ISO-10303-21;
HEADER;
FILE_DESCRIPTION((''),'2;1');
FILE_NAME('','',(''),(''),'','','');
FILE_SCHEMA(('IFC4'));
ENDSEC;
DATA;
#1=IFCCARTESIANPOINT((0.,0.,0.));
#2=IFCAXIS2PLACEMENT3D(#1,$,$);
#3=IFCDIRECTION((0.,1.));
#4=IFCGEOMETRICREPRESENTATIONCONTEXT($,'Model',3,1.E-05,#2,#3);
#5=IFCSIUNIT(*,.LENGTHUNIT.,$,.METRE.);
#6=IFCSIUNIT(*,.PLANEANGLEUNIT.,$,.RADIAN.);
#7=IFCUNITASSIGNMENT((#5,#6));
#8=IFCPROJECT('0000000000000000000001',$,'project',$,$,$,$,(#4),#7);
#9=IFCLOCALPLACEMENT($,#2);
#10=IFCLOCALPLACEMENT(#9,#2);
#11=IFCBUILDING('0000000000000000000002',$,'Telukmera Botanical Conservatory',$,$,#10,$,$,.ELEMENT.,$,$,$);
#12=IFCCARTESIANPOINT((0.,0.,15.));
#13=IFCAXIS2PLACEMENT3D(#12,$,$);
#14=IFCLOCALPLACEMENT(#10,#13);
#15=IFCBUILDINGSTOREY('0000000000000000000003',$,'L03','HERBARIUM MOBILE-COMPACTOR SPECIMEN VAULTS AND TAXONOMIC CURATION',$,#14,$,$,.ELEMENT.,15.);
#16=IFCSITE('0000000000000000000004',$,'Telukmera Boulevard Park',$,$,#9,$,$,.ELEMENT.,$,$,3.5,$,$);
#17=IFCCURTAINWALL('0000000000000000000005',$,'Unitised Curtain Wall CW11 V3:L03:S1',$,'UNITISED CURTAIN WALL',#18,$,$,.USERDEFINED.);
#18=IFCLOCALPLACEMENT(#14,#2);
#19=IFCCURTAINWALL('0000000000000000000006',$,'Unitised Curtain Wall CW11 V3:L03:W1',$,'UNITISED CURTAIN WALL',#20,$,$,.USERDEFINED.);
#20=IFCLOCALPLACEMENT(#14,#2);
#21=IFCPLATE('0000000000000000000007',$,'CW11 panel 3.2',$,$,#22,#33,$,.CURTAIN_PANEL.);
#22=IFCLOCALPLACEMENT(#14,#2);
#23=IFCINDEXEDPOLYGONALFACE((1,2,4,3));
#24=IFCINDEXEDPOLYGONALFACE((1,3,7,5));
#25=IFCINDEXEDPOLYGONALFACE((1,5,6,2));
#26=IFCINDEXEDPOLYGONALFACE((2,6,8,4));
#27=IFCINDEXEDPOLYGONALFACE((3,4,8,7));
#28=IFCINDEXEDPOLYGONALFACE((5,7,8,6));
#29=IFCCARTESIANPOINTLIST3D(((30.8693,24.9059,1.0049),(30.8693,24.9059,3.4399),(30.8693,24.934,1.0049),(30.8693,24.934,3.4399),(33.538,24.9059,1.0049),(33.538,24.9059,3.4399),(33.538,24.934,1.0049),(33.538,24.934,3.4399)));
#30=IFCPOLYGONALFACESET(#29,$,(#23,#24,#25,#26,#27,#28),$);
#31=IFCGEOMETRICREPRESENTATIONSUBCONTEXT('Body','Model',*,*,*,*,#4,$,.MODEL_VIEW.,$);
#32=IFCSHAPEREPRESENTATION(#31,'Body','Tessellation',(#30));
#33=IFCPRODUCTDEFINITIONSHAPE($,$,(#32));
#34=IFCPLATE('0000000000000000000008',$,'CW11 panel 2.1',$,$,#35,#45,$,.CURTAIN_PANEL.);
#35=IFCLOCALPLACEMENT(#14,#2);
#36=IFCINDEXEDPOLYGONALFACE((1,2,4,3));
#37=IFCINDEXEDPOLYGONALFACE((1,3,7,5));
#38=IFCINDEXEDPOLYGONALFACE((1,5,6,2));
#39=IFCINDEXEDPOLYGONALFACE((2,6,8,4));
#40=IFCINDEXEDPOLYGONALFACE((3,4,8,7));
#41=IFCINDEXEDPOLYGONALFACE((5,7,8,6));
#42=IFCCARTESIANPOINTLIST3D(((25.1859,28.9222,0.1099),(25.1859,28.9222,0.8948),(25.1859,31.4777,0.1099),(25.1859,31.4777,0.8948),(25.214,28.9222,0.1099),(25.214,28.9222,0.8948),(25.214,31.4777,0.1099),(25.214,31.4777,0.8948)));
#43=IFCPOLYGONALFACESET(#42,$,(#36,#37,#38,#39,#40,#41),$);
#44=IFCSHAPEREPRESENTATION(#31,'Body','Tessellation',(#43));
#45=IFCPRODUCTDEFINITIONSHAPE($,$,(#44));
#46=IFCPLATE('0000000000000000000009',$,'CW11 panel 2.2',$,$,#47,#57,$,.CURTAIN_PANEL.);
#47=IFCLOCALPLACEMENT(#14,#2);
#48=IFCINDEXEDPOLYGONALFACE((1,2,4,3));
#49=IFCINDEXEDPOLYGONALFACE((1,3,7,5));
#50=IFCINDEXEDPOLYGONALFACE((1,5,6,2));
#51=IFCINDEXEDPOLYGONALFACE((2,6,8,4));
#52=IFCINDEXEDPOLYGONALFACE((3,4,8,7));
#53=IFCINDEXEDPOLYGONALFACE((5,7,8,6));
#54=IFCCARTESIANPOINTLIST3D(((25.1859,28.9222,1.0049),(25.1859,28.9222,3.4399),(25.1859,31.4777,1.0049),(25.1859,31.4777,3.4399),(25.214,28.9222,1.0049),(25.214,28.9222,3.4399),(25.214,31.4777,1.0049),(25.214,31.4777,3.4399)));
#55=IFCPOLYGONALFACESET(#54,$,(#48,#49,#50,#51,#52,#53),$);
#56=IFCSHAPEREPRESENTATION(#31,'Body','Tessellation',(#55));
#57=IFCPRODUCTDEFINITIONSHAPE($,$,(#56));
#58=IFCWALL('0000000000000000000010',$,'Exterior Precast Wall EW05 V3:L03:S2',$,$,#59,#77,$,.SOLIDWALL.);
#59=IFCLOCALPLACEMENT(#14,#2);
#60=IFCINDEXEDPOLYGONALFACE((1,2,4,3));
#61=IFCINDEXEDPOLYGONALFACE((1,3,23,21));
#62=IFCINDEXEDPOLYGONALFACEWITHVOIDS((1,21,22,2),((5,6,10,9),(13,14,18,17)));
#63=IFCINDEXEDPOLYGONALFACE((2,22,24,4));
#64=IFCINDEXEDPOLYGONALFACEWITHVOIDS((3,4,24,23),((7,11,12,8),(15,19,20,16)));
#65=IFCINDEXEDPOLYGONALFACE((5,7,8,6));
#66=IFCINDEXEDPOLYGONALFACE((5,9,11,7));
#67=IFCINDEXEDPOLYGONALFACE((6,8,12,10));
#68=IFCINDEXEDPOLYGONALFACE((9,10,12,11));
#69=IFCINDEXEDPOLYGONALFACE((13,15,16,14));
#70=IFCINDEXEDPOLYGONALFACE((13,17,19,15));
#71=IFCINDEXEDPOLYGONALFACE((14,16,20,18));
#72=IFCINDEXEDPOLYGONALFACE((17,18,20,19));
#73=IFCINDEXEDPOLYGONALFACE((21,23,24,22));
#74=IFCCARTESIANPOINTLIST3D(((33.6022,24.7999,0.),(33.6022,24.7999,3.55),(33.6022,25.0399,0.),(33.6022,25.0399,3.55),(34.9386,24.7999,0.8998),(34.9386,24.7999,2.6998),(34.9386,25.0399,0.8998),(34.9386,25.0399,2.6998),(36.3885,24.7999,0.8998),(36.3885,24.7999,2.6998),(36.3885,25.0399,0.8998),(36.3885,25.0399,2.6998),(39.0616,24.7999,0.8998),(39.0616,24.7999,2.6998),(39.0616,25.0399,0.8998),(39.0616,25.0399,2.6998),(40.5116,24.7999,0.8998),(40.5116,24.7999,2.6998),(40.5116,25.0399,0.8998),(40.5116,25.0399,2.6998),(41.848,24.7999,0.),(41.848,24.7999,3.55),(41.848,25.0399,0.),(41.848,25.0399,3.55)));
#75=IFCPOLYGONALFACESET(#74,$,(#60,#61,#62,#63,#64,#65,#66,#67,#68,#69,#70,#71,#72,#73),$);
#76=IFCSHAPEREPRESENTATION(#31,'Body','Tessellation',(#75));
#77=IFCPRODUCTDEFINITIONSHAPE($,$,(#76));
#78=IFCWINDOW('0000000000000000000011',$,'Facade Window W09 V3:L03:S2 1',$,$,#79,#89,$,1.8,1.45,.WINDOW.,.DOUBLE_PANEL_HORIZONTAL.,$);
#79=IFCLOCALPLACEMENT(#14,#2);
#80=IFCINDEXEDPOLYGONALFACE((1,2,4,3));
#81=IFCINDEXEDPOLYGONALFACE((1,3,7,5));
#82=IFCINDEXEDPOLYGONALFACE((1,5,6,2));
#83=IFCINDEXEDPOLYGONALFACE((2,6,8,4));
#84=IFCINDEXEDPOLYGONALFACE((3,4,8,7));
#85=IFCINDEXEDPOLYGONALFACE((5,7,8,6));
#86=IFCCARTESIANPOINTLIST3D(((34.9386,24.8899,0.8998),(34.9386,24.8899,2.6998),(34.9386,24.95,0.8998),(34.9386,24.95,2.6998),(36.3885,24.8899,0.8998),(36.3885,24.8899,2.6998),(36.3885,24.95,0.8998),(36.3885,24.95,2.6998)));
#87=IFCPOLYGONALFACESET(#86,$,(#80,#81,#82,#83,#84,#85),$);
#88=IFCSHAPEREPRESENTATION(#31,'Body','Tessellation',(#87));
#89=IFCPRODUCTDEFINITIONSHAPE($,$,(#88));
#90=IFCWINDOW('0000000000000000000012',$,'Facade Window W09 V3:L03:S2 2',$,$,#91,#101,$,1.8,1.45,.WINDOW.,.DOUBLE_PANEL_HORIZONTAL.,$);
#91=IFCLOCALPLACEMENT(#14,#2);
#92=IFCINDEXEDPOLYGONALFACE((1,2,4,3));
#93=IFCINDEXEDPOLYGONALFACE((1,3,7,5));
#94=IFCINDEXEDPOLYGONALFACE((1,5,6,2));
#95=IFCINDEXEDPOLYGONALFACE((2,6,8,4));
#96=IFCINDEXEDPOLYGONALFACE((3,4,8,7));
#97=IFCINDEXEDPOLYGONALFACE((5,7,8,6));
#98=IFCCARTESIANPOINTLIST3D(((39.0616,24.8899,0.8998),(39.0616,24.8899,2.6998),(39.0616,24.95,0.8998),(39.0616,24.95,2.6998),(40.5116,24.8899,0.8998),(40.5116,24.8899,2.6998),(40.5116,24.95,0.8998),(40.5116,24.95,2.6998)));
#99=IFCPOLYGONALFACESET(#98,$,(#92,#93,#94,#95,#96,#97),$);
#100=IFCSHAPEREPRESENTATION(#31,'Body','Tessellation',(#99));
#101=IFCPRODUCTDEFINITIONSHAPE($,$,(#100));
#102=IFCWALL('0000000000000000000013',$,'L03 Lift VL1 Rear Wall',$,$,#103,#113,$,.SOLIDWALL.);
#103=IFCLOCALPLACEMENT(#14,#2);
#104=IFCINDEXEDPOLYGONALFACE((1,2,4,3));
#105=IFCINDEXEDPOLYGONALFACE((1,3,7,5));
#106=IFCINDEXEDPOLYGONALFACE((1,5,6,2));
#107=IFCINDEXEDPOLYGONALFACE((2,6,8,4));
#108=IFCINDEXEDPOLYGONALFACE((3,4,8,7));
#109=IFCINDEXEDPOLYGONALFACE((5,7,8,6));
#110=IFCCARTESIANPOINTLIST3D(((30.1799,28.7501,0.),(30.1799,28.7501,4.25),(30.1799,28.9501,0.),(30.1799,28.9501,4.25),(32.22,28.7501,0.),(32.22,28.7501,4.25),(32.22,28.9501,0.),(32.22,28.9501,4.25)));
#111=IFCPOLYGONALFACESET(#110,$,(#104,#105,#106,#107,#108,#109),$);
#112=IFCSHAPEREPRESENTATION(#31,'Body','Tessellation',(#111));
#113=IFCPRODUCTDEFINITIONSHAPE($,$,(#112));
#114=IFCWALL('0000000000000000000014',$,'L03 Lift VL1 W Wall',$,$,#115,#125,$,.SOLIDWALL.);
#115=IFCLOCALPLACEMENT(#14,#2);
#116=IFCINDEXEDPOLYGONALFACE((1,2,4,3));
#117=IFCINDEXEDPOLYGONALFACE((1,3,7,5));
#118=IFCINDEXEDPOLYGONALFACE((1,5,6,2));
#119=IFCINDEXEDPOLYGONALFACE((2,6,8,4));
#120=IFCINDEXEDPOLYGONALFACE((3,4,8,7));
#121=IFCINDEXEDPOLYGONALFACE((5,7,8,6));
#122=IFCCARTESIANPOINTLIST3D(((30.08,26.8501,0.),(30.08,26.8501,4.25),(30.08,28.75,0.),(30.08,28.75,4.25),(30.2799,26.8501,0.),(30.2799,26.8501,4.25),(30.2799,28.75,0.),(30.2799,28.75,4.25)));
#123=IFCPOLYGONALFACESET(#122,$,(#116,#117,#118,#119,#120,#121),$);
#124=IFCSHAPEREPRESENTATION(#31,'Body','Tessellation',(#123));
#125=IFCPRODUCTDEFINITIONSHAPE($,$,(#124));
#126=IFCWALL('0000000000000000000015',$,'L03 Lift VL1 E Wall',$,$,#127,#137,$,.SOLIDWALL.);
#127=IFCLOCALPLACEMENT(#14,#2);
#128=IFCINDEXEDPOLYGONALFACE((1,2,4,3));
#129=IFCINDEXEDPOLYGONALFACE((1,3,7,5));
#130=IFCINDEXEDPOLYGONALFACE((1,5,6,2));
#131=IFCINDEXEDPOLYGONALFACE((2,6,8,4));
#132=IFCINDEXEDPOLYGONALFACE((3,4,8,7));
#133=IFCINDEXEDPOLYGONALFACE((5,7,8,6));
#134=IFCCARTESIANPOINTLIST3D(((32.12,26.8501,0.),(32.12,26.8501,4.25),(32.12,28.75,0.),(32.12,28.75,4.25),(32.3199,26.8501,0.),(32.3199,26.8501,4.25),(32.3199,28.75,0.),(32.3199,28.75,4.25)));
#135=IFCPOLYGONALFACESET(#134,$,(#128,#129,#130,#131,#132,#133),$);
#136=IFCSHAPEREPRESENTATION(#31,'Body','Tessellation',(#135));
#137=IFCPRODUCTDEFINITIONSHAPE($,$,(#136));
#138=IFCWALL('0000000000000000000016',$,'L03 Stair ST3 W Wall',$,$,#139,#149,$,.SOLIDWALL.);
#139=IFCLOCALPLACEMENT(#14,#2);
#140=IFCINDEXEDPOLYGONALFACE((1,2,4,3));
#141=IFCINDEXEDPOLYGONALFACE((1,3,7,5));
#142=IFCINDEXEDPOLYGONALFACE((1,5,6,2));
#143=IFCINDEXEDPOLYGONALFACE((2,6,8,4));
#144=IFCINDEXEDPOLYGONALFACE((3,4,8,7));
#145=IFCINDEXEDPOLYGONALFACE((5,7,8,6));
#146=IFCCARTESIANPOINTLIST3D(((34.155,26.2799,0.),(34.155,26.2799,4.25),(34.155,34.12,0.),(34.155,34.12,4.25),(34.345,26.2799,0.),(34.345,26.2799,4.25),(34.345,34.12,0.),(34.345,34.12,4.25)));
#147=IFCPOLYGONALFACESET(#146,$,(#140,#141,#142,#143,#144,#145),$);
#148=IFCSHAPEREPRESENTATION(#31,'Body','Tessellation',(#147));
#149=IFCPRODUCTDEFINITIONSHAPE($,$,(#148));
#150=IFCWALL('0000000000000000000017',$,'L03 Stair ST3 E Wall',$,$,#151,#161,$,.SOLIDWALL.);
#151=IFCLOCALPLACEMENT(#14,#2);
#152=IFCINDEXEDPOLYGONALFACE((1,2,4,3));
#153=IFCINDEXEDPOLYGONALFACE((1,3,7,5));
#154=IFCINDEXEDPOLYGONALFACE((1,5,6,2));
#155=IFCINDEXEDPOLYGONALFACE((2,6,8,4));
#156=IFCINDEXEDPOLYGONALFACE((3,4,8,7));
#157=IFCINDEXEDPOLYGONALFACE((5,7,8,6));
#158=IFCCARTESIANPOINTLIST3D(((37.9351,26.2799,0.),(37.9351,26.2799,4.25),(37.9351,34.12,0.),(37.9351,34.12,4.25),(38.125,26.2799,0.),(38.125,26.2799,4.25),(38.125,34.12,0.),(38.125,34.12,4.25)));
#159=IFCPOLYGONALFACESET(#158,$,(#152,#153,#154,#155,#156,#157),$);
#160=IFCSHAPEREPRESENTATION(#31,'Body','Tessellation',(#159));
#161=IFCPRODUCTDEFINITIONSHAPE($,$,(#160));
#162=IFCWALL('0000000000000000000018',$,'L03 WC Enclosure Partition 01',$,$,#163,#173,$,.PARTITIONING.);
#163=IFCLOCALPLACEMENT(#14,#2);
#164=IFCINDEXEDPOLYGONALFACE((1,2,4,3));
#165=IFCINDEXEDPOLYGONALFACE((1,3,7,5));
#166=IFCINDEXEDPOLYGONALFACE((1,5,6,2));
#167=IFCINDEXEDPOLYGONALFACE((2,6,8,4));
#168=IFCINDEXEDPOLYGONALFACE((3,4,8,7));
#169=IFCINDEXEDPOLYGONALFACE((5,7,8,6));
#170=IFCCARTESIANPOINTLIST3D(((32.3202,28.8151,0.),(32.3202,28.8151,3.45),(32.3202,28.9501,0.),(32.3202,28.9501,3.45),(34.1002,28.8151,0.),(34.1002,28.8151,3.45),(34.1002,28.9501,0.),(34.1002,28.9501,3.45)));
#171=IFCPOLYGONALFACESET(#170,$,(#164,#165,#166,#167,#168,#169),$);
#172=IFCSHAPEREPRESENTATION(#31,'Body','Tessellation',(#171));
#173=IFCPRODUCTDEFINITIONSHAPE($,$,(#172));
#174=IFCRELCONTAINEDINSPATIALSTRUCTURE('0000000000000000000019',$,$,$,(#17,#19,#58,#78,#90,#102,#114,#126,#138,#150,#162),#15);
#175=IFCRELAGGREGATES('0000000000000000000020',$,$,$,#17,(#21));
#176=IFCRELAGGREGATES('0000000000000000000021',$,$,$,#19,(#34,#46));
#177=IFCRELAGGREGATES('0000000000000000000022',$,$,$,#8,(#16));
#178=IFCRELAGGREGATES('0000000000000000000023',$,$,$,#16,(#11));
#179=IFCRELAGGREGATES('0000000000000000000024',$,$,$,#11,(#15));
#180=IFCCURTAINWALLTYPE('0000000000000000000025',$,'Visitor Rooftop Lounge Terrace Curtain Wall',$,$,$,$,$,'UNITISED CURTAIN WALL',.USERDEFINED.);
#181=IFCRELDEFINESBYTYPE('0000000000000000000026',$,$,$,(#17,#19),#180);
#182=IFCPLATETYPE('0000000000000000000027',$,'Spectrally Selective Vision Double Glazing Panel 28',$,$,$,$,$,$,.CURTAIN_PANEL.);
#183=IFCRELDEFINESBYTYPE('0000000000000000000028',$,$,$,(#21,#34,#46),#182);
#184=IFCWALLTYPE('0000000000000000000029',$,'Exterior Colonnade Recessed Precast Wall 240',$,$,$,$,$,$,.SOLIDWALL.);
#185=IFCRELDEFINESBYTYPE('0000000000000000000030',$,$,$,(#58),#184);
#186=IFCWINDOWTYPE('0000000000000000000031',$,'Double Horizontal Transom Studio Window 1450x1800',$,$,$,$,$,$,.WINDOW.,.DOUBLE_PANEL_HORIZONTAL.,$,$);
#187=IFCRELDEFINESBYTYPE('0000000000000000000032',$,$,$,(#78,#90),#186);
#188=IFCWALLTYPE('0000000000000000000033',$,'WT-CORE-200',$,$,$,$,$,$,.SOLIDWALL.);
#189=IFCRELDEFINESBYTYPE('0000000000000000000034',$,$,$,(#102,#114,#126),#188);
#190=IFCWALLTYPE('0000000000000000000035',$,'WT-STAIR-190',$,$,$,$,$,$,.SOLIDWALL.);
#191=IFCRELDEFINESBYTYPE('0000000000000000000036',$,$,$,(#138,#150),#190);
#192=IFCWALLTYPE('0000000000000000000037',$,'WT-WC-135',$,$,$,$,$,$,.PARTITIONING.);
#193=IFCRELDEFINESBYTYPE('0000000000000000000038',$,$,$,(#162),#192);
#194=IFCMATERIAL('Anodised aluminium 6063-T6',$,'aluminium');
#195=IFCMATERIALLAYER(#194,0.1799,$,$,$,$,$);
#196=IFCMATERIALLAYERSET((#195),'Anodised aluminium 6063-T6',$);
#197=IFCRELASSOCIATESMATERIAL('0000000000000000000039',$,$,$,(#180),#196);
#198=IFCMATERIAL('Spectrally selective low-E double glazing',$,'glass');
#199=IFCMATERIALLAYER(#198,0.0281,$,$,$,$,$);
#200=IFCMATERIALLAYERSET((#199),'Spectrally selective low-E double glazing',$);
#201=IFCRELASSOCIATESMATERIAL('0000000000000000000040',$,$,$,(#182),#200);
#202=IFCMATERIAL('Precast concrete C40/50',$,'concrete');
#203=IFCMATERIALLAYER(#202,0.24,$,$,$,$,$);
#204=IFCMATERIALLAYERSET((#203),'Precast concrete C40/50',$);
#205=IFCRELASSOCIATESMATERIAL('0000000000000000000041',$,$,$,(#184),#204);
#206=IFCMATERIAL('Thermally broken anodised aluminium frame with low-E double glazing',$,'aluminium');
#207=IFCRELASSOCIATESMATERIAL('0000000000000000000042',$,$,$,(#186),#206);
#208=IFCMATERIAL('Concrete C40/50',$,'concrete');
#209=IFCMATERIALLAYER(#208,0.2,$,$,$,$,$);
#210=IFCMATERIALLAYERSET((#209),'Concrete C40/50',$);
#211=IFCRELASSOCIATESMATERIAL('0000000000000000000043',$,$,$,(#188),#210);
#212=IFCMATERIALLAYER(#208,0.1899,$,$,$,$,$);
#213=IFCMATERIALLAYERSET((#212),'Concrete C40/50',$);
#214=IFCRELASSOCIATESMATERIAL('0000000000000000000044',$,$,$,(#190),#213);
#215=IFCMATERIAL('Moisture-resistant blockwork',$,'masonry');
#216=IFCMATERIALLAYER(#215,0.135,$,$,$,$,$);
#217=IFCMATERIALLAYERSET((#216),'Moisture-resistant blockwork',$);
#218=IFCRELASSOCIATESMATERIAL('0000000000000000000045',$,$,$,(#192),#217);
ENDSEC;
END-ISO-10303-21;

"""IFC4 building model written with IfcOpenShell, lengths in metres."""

from ifc_helpers import new_model, si_unit, direction, frame, frame_2d, origin, origin_2d, place, context, subcontext, project, spatial, rectangle, extrude, material, layer, layer_set, type_object, element, fill, aggregate, save


model = new_model("IFC4")

# Units and contexts
model_context = context("Model", 3, precision=1e-05, world=origin(), true_north=direction((0.0, 1.0)))
body_context = subcontext(model_context, "Body", "Model", "MODEL_VIEW")
ifc_project = project(units=[si_unit("LENGTHUNIT", "METRE"), si_unit("PLANEANGLEUNIT", "RADIAN")], contexts=[model_context])

# Site, building, storey
site_placement = place(None, origin())
site = spatial("IfcSite", under=ifc_project, at=site_placement, Name="Telukmera Boulevard Park", CompositionType="ELEMENT", RefElevation=3.5)
building_placement = place(site_placement, origin())
building = spatial("IfcBuilding", under=site, at=building_placement, Name="Telukmera Botanical Conservatory", CompositionType="ELEMENT")
storey_placement = place(building_placement, frame((0.0, 0.0, 15.0)))
storey = spatial("IfcBuildingStorey", under=building, at=storey_placement, Name="L03", Description="HERBARIUM MOBILE-COMPACTOR SPECIMEN VAULTS AND TAXONOMIC CURATION", CompositionType="ELEMENT", Elevation=15.0)

# Shared definitions
ifc_material_1 = material(Name="Concrete C40/50", Category="concrete")

# Curtain walls
ifc_material_2 = material(Name="Anodised aluminium 6063-T6", Category="aluminium")
ifc_layer_1 = layer(ifc_material_2, 0.1799)
ifc_layer_set_1 = layer_set([ifc_layer_1], Name="Anodised aluminium 6063-T6")
curtain_wall_type = type_object("IfcCurtainWallType", Name="Visitor Rooftop Lounge Terrace Curtain Wall", ElementType="UNITISED CURTAIN WALL", PredefinedType="USERDEFINED", material=ifc_layer_set_1)
curtain_wall_1_placement = place(storey_placement, origin())
curtain_wall_1 = element("IfcCurtainWall", 1, at=curtain_wall_1_placement, inside=storey, type_object=curtain_wall_type, Name="Unitised Curtain Wall CW11 V3:L03:S1", ObjectType="UNITISED CURTAIN WALL", PredefinedType="USERDEFINED")
curtain_wall_2_placement = place(storey_placement, origin())
curtain_wall_2 = element("IfcCurtainWall", 2, at=curtain_wall_2_placement, inside=storey, type_object=curtain_wall_type, Name="Unitised Curtain Wall CW11 V3:L03:W1", ObjectType="UNITISED CURTAIN WALL", PredefinedType="USERDEFINED")

# Plates
ifc_material_3 = material(Name="Spectrally selective low-E double glazing", Category="glass")
ifc_layer_2 = layer(ifc_material_3, 0.0281)
ifc_layer_set_2 = layer_set([ifc_layer_2], Name="Spectrally selective low-E double glazing")
plate_type = type_object("IfcPlateType", Name="Spectrally Selective Vision Double Glazing Panel 28", PredefinedType="CURTAIN_PANEL", material=ifc_layer_set_2)
plate_1_placement = place(storey_placement, frame((32.2036, 24.9199, 1.0049), z_axis=(0.0, 0.0, 1.0), x_axis=(1.0, 0.0, 0.0)))
plate_1 = element("IfcPlate", 3, at=plate_1_placement, type_object=plate_type, Name="CW11 panel 3.2", PredefinedType="CURTAIN_PANEL", context=body_context, shape_type="SweptSolid", body=[
    extrude(rectangle(XDim=2.6687, YDim=0.0281, at=origin_2d()), origin(), (0.0, 0.0, 1.0), 2.4351),
])
aggregate(curtain_wall_1, [plate_1])
plate_2_placement = place(storey_placement, frame((25.2, 30.2, 0.1099), z_axis=(0.0, 0.0, 1.0), x_axis=(0.0, 1.0, 0.0)))
plate_2 = element("IfcPlate", 4, at=plate_2_placement, type_object=plate_type, Name="CW11 panel 2.1", PredefinedType="CURTAIN_PANEL", context=body_context, shape_type="SweptSolid", body=[
    extrude(rectangle(XDim=2.5554, YDim=0.0281, at=origin_2d()), origin(), (0.0, 0.0, 1.0), 0.7849),
])
plate_3_placement = place(storey_placement, frame((25.2, 30.2, 1.0049), z_axis=(0.0, 0.0, 1.0), x_axis=(0.0, 1.0, 0.0)))
plate_3 = element("IfcPlate", 5, at=plate_3_placement, type_object=plate_type, Name="CW11 panel 2.2", PredefinedType="CURTAIN_PANEL", context=body_context, shape_type="SweptSolid", body=[
    extrude(rectangle(XDim=2.5554, YDim=0.0281, at=origin_2d()), origin(), (0.0, 0.0, 1.0), 2.4351),
])
aggregate(curtain_wall_2, [plate_2, plate_3])

# Wall, openings, windows
ifc_material_4 = material(Name="Precast concrete C40/50", Category="concrete")
ifc_layer_3 = layer(ifc_material_4, 0.24)
ifc_layer_set_3 = layer_set([ifc_layer_3], Name="Precast concrete C40/50")
wall_type_1 = type_object("IfcWallType", Name="Exterior Colonnade Recessed Precast Wall 240", PredefinedType="SOLIDWALL", material=ifc_layer_set_3)
wall_1_placement = place(storey_placement, frame((33.6021, 24.9199, 0.0), z_axis=(0.0, 0.0, 1.0), x_axis=(1.0, 0.0, 0.0)))
wall_1 = element("IfcWall", 6, at=wall_1_placement, inside=storey, type_object=wall_type_1, Name="Exterior Precast Wall EW05 V3:L03:S2", PredefinedType="SOLIDWALL", context=body_context, shape_type="SweptSolid", body=[
    extrude(rectangle(XDim=8.2458, YDim=0.24, at=frame_2d((4.123, 0.0))), origin(), (0.0, 0.0, 1.0), 3.55),
])
opening_1_placement = place(wall_1_placement, frame((1.3364, 0.0, 0.8999)))
opening_1 = element("IfcOpeningElement", 7, at=opening_1_placement, cuts=wall_1, PredefinedType="OPENING", context=body_context, shape_type="SweptSolid", body=[
    extrude(rectangle(XDim=1.45, YDim=1.8, at=frame_2d((0.7251, 0.8999))), frame((0.0, 0.1299, 0.0), z_axis=(0.0, -1.0, 0.0), x_axis=(1.0, 0.0, 0.0)), (0.0, 0.0, 1.0), 0.26),
])
opening_2_placement = place(wall_1_placement, frame((5.4595, 0.0, 0.8999)))
opening_2 = element("IfcOpeningElement", 8, at=opening_2_placement, cuts=wall_1, PredefinedType="OPENING", context=body_context, shape_type="SweptSolid", body=[
    extrude(rectangle(XDim=1.45, YDim=1.8, at=frame_2d((0.7251, 0.8999))), frame((0.0, 0.1299, 0.0), z_axis=(0.0, -1.0, 0.0), x_axis=(1.0, 0.0, 0.0)), (0.0, 0.0, 1.0), 0.26),
])
ifc_material_5 = material(Name="Thermally broken anodised aluminium frame with low-E double glazing", Category="aluminium")
window_type = type_object("IfcWindowType", Name="Double Horizontal Transom Studio Window 1450x1800", PartitioningType="DOUBLE_PANEL_HORIZONTAL", PredefinedType="WINDOW", material=ifc_material_5)
window_1_placement = place(opening_1_placement, origin())
window_1 = element("IfcWindow", 9, at=window_1_placement, inside=storey, type_object=window_type, Name="Facade Window W09 V3:L03:S2 1", OverallHeight=1.8, OverallWidth=1.45, PartitioningType="DOUBLE_PANEL_HORIZONTAL", PredefinedType="WINDOW", context=body_context, shape_type="SweptSolid", body=[
    extrude(rectangle(XDim=1.45, YDim=1.8, at=frame_2d((0.7251, 0.8999))), frame((0.0, 0.03, 0.0), z_axis=(0.0, -1.0, 0.0), x_axis=(1.0, 0.0, 0.0)), (0.0, 0.0, 1.0), 0.0601),
])
fill(opening_1, window_1)
window_2_placement = place(opening_2_placement, origin())
window_2 = element("IfcWindow", 10, at=window_2_placement, inside=storey, type_object=window_type, Name="Facade Window W09 V3:L03:S2 2", OverallHeight=1.8, OverallWidth=1.45, PartitioningType="DOUBLE_PANEL_HORIZONTAL", PredefinedType="WINDOW", context=body_context, shape_type="SweptSolid", body=[
    extrude(rectangle(XDim=1.45, YDim=1.8, at=frame_2d((0.7251, 0.8999))), frame((0.0, 0.03, 0.0), z_axis=(0.0, -1.0, 0.0), x_axis=(1.0, 0.0, 0.0)), (0.0, 0.0, 1.0), 0.0601),
])
fill(opening_2, window_2)

# Shared definitions
ifc_layer_4 = layer(ifc_material_1, 0.2)
ifc_layer_set_4 = layer_set([ifc_layer_4], Name="Concrete C40/50")
wall_type_2 = type_object("IfcWallType", Name="WT-CORE-200", PredefinedType="SOLIDWALL", material=ifc_layer_set_4)

# Walls
wall_2_placement = place(storey_placement, frame((30.1799, 28.8501, 0.0), z_axis=(0.0, 0.0, 1.0), x_axis=(1.0, 0.0, 0.0)))
element("IfcWall", 11, at=wall_2_placement, inside=storey, type_object=wall_type_2, Name="L03 Lift VL1 Rear Wall", PredefinedType="SOLIDWALL", context=body_context, shape_type="SweptSolid", body=[
    extrude(rectangle(XDim=2.04, YDim=0.2, at=frame_2d((1.02, 0.0))), origin(), (0.0, 0.0, 1.0), 4.25),
])
for number, where, z_axis, x_axis, name in (
    (12, (30.1799, 26.8501, 0.0), (0.0, 0.0, 1.0), (0.0, 1.0, 0.0), "L03 Lift VL1 W Wall"),
    (13, (32.22, 26.8501, 0.0), (0.0, 0.0, 1.0), (0.0, 1.0, 0.0), "L03 Lift VL1 E Wall"),
):
    element("IfcWall", number, at=place(storey_placement, frame(where, z_axis=z_axis, x_axis=x_axis)), inside=storey, type_object=wall_type_2, Name=name, PredefinedType="SOLIDWALL", context=body_context, shape_type="SweptSolid", body=[
        extrude(rectangle(XDim=1.8999, YDim=0.2, at=frame_2d((0.95, 0.0))), origin(), (0.0, 0.0, 1.0), 4.25),
    ])

# Shared definitions
ifc_layer_5 = layer(ifc_material_1, 0.1899)
ifc_layer_set_5 = layer_set([ifc_layer_5], Name="Concrete C40/50")
wall_type_3 = type_object("IfcWallType", Name="WT-STAIR-190", PredefinedType="SOLIDWALL", material=ifc_layer_set_5)

# Walls
for number, where, z_axis, x_axis, name in (
    (14, (34.25, 26.28, 0.0), (0.0, 0.0, 1.0), (0.0, 1.0, 0.0), "L03 Stair ST3 W Wall"),
    (15, (38.03, 26.28, 0.0), (0.0, 0.0, 1.0), (0.0, 1.0, 0.0), "L03 Stair ST3 E Wall"),
):
    element("IfcWall", number, at=place(storey_placement, frame(where, z_axis=z_axis, x_axis=x_axis)), inside=storey, type_object=wall_type_3, Name=name, PredefinedType="SOLIDWALL", context=body_context, shape_type="SweptSolid", body=[
        extrude(rectangle(XDim=7.8401, YDim=0.1899, at=frame_2d((3.9199, 0.0))), origin(), (0.0, 0.0, 1.0), 4.25),
    ])

# Shared definitions
ifc_material_6 = material(Name="Moisture-resistant blockwork", Category="masonry")
ifc_layer_6 = layer(ifc_material_6, 0.135)
ifc_layer_set_6 = layer_set([ifc_layer_6], Name="Moisture-resistant blockwork")
wall_type_4 = type_object("IfcWallType", Name="WT-WC-135", PredefinedType="PARTITIONING", material=ifc_layer_set_6)

# Wall
wall_3_placement = place(storey_placement, frame((32.3201, 28.8826, 0.0), z_axis=(0.0, 0.0, 1.0), x_axis=(1.0, 0.0, 0.0)))
element("IfcWall", 16, at=wall_3_placement, inside=storey, type_object=wall_type_4, Name="L03 WC Enclosure Partition 01", PredefinedType="PARTITIONING", context=body_context, shape_type="SweptSolid", body=[
    extrude(rectangle(XDim=1.78, YDim=0.135, at=frame_2d((0.8901, 0.0))), origin(), (0.0, 0.0, 1.0), 3.45),
])

save(model, "model.ifc")
